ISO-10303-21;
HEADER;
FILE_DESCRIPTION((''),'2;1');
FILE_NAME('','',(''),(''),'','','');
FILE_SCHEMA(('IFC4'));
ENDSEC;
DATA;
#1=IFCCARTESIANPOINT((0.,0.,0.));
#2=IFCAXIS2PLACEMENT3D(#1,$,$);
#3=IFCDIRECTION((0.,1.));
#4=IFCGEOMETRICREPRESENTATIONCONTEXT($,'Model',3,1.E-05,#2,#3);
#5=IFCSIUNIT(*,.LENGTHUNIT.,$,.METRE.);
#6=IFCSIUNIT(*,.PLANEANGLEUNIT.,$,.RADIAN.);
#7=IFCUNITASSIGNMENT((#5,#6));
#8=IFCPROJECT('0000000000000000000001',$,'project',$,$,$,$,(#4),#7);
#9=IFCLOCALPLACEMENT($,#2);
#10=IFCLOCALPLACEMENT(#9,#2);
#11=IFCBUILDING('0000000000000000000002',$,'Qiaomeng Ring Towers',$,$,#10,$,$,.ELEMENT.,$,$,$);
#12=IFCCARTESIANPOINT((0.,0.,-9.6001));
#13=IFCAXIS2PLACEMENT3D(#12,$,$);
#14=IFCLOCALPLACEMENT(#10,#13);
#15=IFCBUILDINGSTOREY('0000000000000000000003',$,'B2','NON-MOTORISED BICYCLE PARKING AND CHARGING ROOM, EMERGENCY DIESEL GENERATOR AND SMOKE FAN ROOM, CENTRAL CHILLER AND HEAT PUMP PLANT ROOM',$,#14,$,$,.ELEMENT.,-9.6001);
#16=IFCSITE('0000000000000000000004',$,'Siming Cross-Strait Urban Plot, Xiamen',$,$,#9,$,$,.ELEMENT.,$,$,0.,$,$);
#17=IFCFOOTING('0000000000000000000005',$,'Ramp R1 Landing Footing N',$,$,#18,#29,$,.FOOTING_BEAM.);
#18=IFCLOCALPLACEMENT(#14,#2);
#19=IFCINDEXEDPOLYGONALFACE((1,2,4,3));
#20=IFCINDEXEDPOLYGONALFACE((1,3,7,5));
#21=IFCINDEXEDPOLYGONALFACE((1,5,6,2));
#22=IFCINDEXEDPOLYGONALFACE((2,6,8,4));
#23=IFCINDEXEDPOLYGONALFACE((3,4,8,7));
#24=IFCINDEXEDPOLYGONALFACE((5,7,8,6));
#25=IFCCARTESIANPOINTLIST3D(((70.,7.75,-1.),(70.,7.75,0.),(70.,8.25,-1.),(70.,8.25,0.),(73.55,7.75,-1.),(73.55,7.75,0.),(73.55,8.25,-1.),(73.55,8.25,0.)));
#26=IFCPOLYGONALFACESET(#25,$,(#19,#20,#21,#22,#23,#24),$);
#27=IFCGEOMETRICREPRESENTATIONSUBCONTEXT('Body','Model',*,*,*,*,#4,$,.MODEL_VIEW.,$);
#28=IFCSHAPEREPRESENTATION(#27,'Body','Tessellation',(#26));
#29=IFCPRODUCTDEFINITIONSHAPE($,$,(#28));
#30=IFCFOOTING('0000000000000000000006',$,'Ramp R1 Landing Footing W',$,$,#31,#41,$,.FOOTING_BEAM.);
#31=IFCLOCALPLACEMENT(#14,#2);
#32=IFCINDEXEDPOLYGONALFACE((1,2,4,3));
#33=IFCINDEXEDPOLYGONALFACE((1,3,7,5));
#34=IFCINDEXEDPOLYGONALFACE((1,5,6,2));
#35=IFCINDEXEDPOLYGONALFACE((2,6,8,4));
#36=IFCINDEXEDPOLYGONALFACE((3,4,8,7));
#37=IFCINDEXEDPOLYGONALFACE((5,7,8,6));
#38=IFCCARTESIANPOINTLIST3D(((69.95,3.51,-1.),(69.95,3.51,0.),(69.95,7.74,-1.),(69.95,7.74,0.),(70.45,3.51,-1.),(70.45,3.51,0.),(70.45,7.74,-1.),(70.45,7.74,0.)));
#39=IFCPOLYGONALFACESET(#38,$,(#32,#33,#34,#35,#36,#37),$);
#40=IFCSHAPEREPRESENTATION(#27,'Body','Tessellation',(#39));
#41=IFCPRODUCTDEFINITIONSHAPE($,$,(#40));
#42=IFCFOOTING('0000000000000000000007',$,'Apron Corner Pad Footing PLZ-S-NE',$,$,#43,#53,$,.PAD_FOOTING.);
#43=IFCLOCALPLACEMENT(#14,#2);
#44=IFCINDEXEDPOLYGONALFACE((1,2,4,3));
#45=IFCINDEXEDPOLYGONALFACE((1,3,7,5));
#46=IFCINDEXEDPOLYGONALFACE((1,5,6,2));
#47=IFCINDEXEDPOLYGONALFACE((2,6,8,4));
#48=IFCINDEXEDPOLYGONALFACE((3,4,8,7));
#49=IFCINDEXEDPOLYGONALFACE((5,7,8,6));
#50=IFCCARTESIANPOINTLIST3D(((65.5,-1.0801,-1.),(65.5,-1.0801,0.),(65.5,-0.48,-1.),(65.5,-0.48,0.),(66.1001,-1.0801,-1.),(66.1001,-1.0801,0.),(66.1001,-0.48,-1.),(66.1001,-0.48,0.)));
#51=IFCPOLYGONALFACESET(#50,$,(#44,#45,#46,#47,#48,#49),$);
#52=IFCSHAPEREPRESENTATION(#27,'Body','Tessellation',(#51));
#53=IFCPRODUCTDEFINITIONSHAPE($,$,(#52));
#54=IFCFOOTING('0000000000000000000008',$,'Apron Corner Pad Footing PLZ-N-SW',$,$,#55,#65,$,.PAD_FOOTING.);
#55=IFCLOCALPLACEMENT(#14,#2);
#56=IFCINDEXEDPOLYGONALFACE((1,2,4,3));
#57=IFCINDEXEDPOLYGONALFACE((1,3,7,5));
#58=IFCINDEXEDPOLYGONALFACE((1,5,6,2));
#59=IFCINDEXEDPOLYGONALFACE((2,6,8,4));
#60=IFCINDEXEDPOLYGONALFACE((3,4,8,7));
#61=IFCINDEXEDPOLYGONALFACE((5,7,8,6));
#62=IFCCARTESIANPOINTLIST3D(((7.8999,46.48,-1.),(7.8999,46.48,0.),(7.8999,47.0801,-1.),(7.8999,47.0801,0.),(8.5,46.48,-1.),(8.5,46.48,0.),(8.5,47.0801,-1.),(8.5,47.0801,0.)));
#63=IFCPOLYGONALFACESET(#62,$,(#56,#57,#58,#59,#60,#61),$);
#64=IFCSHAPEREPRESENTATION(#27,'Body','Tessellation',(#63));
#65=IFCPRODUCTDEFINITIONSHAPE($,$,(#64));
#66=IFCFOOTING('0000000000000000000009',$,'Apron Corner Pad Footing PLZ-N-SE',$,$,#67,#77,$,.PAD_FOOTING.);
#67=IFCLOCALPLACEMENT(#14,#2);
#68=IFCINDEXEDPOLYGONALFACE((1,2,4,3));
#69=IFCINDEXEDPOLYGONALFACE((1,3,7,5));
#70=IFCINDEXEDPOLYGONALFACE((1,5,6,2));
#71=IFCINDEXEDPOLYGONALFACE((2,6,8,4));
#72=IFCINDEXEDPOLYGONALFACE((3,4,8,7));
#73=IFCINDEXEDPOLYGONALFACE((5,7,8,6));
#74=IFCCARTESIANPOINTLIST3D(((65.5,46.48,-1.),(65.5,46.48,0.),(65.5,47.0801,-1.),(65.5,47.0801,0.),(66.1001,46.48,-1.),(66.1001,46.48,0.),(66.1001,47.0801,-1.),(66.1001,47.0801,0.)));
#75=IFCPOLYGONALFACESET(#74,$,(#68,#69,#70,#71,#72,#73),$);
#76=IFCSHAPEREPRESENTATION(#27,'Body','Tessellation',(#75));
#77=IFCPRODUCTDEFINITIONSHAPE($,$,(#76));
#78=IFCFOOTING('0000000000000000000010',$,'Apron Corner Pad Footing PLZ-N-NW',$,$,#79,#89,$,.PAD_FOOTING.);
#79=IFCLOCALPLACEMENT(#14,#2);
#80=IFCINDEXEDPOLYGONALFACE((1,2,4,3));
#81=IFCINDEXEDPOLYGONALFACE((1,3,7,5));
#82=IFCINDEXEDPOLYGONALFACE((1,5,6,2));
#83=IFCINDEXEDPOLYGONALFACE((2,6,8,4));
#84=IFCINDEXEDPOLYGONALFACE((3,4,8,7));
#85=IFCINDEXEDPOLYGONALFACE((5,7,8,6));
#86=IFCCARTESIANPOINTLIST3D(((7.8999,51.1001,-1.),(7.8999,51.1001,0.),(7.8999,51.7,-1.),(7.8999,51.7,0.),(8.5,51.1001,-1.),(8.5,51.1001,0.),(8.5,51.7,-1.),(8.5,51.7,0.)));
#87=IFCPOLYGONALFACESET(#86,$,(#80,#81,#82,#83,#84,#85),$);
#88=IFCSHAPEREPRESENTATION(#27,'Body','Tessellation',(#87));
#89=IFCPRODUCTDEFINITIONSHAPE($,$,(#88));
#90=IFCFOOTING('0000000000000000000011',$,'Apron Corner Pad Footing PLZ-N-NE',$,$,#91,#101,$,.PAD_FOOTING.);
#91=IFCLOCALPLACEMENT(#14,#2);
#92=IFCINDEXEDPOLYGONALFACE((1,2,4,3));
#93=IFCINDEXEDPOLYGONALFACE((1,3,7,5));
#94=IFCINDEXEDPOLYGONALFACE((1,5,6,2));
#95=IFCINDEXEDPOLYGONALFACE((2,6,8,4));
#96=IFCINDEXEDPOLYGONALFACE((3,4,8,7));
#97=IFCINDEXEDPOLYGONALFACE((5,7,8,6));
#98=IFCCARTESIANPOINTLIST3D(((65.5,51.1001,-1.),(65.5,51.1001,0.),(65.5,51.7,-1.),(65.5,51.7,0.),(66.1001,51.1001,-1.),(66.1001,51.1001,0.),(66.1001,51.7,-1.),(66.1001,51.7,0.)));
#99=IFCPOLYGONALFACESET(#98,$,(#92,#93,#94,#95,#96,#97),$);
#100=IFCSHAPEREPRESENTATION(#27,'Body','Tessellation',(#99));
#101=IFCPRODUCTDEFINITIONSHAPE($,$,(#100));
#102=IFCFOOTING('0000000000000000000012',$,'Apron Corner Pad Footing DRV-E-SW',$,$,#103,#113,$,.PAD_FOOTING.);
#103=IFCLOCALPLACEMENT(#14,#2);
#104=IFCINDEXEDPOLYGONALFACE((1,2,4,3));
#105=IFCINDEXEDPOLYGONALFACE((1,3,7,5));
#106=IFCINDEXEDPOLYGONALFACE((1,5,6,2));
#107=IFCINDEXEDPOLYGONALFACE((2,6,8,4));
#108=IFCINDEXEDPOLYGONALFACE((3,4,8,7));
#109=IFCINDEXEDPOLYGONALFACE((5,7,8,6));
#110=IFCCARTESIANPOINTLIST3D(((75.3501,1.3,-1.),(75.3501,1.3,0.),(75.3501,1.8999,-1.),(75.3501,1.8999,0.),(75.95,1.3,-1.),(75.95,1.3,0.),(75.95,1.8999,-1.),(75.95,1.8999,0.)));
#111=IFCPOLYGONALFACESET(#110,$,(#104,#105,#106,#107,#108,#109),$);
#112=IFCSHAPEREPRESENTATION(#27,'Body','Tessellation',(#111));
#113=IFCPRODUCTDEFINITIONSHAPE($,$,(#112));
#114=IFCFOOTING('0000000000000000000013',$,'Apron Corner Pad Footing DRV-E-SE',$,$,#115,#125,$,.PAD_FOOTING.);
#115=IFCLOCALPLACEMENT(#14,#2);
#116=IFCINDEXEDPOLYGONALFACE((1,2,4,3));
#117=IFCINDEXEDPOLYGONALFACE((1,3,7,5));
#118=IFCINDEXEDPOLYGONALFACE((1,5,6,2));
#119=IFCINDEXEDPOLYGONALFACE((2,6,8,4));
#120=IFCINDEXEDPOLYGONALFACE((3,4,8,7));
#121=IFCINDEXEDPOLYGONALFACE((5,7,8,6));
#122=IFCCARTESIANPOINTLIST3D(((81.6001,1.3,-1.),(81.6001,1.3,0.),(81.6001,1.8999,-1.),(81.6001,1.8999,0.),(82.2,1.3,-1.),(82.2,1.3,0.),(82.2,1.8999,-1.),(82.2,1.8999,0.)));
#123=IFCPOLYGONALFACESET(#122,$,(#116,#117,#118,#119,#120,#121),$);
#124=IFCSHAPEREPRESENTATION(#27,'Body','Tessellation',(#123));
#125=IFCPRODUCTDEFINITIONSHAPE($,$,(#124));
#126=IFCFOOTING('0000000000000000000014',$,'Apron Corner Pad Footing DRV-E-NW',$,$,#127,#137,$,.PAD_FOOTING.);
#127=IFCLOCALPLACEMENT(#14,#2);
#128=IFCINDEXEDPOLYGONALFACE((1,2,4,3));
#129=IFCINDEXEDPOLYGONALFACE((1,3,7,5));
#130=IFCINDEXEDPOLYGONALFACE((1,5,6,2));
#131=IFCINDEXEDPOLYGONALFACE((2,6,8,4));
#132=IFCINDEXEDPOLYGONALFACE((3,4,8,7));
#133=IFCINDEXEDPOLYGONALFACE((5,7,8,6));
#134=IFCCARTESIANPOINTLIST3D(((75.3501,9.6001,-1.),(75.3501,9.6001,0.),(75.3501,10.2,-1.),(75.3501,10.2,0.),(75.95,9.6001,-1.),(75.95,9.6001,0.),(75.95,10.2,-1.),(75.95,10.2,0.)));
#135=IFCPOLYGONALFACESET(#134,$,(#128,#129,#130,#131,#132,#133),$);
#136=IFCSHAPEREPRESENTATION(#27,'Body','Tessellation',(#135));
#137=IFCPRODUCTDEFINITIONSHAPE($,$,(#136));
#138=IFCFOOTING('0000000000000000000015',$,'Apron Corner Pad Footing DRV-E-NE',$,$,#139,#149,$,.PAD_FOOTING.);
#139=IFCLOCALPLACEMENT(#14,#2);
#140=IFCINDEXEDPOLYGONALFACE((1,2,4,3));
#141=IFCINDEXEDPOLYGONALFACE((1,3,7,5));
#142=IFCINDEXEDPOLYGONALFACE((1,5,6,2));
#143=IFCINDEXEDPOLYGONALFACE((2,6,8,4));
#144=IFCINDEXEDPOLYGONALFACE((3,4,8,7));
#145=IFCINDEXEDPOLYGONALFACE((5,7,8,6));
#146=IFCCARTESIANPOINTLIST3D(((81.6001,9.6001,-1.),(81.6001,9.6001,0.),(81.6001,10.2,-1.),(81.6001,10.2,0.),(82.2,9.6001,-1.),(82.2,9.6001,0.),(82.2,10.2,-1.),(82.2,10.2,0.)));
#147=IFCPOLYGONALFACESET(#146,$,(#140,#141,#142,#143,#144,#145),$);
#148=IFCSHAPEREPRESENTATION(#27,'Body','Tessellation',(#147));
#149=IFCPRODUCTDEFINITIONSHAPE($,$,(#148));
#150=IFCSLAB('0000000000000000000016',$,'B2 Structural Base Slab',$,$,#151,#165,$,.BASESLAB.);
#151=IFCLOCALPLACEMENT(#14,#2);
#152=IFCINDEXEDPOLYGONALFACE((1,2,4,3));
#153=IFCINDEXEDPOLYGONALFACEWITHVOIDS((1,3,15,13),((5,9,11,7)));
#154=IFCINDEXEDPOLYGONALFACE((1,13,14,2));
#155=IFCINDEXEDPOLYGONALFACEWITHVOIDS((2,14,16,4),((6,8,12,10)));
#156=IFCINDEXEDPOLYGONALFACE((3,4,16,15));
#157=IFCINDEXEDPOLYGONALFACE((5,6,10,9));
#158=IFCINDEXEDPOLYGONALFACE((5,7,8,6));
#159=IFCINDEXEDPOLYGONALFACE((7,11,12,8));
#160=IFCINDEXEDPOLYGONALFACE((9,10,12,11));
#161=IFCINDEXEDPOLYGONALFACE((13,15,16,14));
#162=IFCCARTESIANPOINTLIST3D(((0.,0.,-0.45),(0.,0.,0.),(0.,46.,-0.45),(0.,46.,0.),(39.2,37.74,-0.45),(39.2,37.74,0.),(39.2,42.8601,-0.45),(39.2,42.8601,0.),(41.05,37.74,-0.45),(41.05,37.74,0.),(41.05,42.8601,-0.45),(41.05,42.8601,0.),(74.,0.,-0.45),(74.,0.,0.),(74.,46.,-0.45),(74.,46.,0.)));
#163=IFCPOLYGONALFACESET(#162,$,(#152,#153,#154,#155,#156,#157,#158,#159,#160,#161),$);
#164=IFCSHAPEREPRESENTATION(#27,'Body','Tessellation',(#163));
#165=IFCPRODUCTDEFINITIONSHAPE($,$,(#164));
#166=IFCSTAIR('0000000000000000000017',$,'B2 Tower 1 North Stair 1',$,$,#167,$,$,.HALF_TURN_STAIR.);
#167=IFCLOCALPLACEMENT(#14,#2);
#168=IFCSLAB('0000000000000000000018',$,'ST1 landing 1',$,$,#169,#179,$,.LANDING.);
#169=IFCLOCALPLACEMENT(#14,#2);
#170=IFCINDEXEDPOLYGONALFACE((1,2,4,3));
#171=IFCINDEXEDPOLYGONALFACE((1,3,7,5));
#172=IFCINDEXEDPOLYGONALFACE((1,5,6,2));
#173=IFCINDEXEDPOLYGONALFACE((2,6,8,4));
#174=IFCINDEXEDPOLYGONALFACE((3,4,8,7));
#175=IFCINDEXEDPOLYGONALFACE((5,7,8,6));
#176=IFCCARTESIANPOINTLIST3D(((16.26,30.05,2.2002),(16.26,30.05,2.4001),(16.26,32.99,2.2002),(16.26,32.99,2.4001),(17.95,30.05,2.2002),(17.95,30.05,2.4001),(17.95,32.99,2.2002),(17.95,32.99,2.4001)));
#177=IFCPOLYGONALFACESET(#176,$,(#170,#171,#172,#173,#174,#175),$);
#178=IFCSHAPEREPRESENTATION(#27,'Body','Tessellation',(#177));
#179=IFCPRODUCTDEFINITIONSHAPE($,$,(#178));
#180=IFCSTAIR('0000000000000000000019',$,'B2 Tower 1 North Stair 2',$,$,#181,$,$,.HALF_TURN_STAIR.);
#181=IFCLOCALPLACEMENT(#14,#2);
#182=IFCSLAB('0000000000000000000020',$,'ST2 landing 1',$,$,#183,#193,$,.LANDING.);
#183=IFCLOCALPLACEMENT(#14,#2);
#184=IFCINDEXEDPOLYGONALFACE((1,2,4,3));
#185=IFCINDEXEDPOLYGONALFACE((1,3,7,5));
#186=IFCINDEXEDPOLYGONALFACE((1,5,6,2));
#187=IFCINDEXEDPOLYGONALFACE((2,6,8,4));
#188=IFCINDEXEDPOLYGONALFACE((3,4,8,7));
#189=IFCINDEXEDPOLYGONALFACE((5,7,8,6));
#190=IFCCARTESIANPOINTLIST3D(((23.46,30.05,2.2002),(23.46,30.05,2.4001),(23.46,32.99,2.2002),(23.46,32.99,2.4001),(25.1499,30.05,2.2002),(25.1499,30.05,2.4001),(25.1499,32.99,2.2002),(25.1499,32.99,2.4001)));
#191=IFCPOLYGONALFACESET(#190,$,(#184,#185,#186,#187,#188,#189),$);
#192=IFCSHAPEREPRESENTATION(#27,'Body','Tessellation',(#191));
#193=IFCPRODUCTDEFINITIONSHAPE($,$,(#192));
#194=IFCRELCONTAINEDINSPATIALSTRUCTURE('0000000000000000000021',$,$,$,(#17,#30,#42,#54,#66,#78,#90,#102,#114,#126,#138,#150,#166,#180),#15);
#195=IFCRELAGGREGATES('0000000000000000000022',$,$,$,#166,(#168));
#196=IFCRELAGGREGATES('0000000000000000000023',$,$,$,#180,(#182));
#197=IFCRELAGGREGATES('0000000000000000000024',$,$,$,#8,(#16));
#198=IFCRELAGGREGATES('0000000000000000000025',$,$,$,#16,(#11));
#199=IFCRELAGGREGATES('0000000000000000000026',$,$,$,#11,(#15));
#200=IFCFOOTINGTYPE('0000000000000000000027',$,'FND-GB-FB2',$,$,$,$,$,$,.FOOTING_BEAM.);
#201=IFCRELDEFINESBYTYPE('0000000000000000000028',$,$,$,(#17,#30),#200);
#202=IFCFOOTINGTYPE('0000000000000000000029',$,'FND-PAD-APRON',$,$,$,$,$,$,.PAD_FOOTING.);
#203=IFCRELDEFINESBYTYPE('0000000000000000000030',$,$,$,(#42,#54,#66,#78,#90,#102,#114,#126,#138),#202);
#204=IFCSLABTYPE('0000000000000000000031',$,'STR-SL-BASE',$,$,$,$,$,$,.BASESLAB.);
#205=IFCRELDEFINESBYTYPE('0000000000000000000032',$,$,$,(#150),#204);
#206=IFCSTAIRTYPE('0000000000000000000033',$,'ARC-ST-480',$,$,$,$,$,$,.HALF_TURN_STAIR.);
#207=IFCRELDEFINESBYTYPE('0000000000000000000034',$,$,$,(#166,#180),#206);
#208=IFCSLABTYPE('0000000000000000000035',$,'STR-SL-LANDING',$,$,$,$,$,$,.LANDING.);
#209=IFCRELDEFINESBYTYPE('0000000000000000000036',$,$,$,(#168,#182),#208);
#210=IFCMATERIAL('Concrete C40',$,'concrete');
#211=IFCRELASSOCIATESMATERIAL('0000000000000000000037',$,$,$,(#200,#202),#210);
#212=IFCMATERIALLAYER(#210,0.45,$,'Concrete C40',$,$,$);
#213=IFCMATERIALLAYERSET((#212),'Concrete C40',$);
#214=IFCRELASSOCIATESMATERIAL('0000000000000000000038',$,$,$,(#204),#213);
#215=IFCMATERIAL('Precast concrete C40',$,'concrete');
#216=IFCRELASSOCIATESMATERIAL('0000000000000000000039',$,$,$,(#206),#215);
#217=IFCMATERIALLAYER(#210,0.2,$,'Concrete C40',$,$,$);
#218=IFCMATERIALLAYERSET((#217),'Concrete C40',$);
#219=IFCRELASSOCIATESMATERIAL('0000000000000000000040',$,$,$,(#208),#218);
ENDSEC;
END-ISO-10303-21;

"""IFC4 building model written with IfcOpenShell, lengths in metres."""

from ifc_helpers import new_model, si_unit, direction, frame, origin, place, context, subcontext, project, spatial, polyline, outline, extrude, material, layer, layer_set, type_object, element, aggregate, save


model = new_model("IFC4")

# Units and contexts
model_context = context("Model", 3, precision=1e-05, world=origin(), true_north=direction((0.0, 1.0)))
body_context = subcontext(model_context, "Body", "Model", "MODEL_VIEW")
ifc_project = project(units=[si_unit("LENGTHUNIT", "METRE"), si_unit("PLANEANGLEUNIT", "RADIAN")], contexts=[model_context])

# Site, building, storey
site_placement = place(None, origin())
site = spatial("IfcSite", under=ifc_project, at=site_placement, Name="Siming Cross-Strait Urban Plot, Xiamen", CompositionType="ELEMENT", RefElevation=0.0)
building_placement = place(site_placement, origin())
building = spatial("IfcBuilding", under=site, at=building_placement, Name="Qiaomeng Ring Towers", CompositionType="ELEMENT")
storey_placement = place(building_placement, frame((0.0, 0.0, -9.6001)))
storey = spatial("IfcBuildingStorey", under=building, at=storey_placement, Name="B2", Description="NON-MOTORISED BICYCLE PARKING AND CHARGING ROOM, EMERGENCY DIESEL GENERATOR AND SMOKE FAN ROOM, CENTRAL CHILLER AND HEAT PUMP PLANT ROOM", CompositionType="ELEMENT", Elevation=-9.6001)

# Footings
ifc_material_1 = material(Name="Concrete C40", Category="concrete")
footing_type_1 = type_object("IfcFootingType", Name="FND-GB-FB2", PredefinedType="FOOTING_BEAM", material=ifc_material_1)
footing_1_placement = place(storey_placement, frame((0.0, 0.0, -1.0)))
element("IfcFooting", 1, at=footing_1_placement, inside=storey, type_object=footing_type_1, Name="Ramp R1 Landing Footing N", PredefinedType="FOOTING_BEAM", context=body_context, shape_type="SweptSolid", body=[
    extrude(outline(polyline([(70.0, 7.75), (73.55, 7.75), (73.55, 8.25), (70.0, 8.25), (70.0, 7.75)])), origin(), (0.0, 0.0, 1.0), 1.0),
])
footing_2_placement = place(storey_placement, frame((0.0, 0.0, -1.0)))
element("IfcFooting", 2, at=footing_2_placement, inside=storey, type_object=footing_type_1, Name="Ramp R1 Landing Footing W", PredefinedType="FOOTING_BEAM", context=body_context, shape_type="SweptSolid", body=[
    extrude(outline(polyline([(69.95, 3.51), (70.45, 3.51), (70.45, 7.74), (69.95, 7.74), (69.95, 3.51)])), origin(), (0.0, 0.0, 1.0), 1.0),
])
footing_type_2 = type_object("IfcFootingType", Name="FND-PAD-APRON", PredefinedType="PAD_FOOTING", material=ifc_material_1)
footing_3_placement = place(storey_placement, frame((0.0, 0.0, -1.0)))
element("IfcFooting", 3, at=footing_3_placement, inside=storey, type_object=footing_type_2, Name="Apron Corner Pad Footing PLZ-S-NE", PredefinedType="PAD_FOOTING", context=body_context, shape_type="SweptSolid", body=[
    extrude(outline(polyline([(65.5, -1.0801), (66.1001, -1.0801), (66.1001, -0.48), (65.5, -0.48), (65.5, -1.0801)])), origin(), (0.0, 0.0, 1.0), 1.0),
])
footing_4_placement = place(storey_placement, frame((0.0, 0.0, -1.0)))
element("IfcFooting", 4, at=footing_4_placement, inside=storey, type_object=footing_type_2, Name="Apron Corner Pad Footing PLZ-N-SW", PredefinedType="PAD_FOOTING", context=body_context, shape_type="SweptSolid", body=[
    extrude(outline(polyline([(7.8999, 46.48), (8.5, 46.48), (8.5, 47.0801), (7.8999, 47.0801), (7.8999, 46.48)])), origin(), (0.0, 0.0, 1.0), 1.0),
])
footing_5_placement = place(storey_placement, frame((0.0, 0.0, -1.0)))
element("IfcFooting", 5, at=footing_5_placement, inside=storey, type_object=footing_type_2, Name="Apron Corner Pad Footing PLZ-N-SE", PredefinedType="PAD_FOOTING", context=body_context, shape_type="SweptSolid", body=[
    extrude(outline(polyline([(65.5, 46.48), (66.1001, 46.48), (66.1001, 47.0801), (65.5, 47.0801), (65.5, 46.48)])), origin(), (0.0, 0.0, 1.0), 1.0),
])
footing_6_placement = place(storey_placement, frame((0.0, 0.0, -1.0)))
element("IfcFooting", 6, at=footing_6_placement, inside=storey, type_object=footing_type_2, Name="Apron Corner Pad Footing PLZ-N-NW", PredefinedType="PAD_FOOTING", context=body_context, shape_type="SweptSolid", body=[
    extrude(outline(polyline([(7.8999, 51.1001), (8.5, 51.1001), (8.5, 51.7), (7.8999, 51.7), (7.8999, 51.1001)])), origin(), (0.0, 0.0, 1.0), 1.0),
])
footing_7_placement = place(storey_placement, frame((0.0, 0.0, -1.0)))
element("IfcFooting", 7, at=footing_7_placement, inside=storey, type_object=footing_type_2, Name="Apron Corner Pad Footing PLZ-N-NE", PredefinedType="PAD_FOOTING", context=body_context, shape_type="SweptSolid", body=[
    extrude(outline(polyline([(65.5, 51.1001), (66.1001, 51.1001), (66.1001, 51.7), (65.5, 51.7), (65.5, 51.1001)])), origin(), (0.0, 0.0, 1.0), 1.0),
])
footing_8_placement = place(storey_placement, frame((0.0, 0.0, -1.0)))
element("IfcFooting", 8, at=footing_8_placement, inside=storey, type_object=footing_type_2, Name="Apron Corner Pad Footing DRV-E-SW", PredefinedType="PAD_FOOTING", context=body_context, shape_type="SweptSolid", body=[
    extrude(outline(polyline([(75.3501, 1.3), (75.95, 1.3), (75.95, 1.8999), (75.3501, 1.8999), (75.3501, 1.3)])), origin(), (0.0, 0.0, 1.0), 1.0),
])
footing_9_placement = place(storey_placement, frame((0.0, 0.0, -1.0)))
element("IfcFooting", 9, at=footing_9_placement, inside=storey, type_object=footing_type_2, Name="Apron Corner Pad Footing DRV-E-SE", PredefinedType="PAD_FOOTING", context=body_context, shape_type="SweptSolid", body=[
    extrude(outline(polyline([(81.6001, 1.3), (82.2, 1.3), (82.2, 1.8999), (81.6001, 1.8999), (81.6001, 1.3)])), origin(), (0.0, 0.0, 1.0), 1.0),
])
footing_10_placement = place(storey_placement, frame((0.0, 0.0, -1.0)))
element("IfcFooting", 10, at=footing_10_placement, inside=storey, type_object=footing_type_2, Name="Apron Corner Pad Footing DRV-E-NW", PredefinedType="PAD_FOOTING", context=body_context, shape_type="SweptSolid", body=[
    extrude(outline(polyline([(75.3501, 9.6001), (75.95, 9.6001), (75.95, 10.2), (75.3501, 10.2), (75.3501, 9.6001)])), origin(), (0.0, 0.0, 1.0), 1.0),
])
footing_11_placement = place(storey_placement, frame((0.0, 0.0, -1.0)))
element("IfcFooting", 11, at=footing_11_placement, inside=storey, type_object=footing_type_2, Name="Apron Corner Pad Footing DRV-E-NE", PredefinedType="PAD_FOOTING", context=body_context, shape_type="SweptSolid", body=[
    extrude(outline(polyline([(81.6001, 9.6001), (82.2, 9.6001), (82.2, 10.2), (81.6001, 10.2), (81.6001, 9.6001)])), origin(), (0.0, 0.0, 1.0), 1.0),
])

# Slab
ifc_layer_1 = layer(ifc_material_1, 0.45, Name="Concrete C40")
ifc_layer_set_1 = layer_set([ifc_layer_1], Name="Concrete C40")
slab_type_1 = type_object("IfcSlabType", Name="STR-SL-BASE", PredefinedType="BASESLAB", material=ifc_layer_set_1)
slab_1_placement = place(storey_placement, frame((0.0, 0.0, -0.45)))
element("IfcSlab", 12, at=slab_1_placement, inside=storey, type_object=slab_type_1, Name="B2 Structural Base Slab", PredefinedType="BASESLAB", context=body_context, shape_type="SweptSolid", body=[
    extrude(outline(polyline([(0.0, 0.0), (74.0, 0.0), (74.0, 46.0), (0.0, 46.0), (0.0, 0.0)]), holes=[polyline([(39.2, 42.8601), (41.05, 42.8601), (41.05, 37.74), (39.2, 37.74), (39.2, 42.8601)])]), origin(), (0.0, 0.0, 1.0), 0.45),
])

# Stairs, slabs
ifc_material_2 = material(Name="Precast concrete C40", Category="concrete")
stair_type = type_object("IfcStairType", Name="ARC-ST-480", PredefinedType="HALF_TURN_STAIR", material=ifc_material_2)
stair_1_placement = place(storey_placement, origin())
stair_1 = element("IfcStair", 13, at=stair_1_placement, inside=storey, type_object=stair_type, Name="B2 Tower 1 North Stair 1", PredefinedType="HALF_TURN_STAIR")
ifc_layer_2 = layer(ifc_material_1, 0.2, Name="Concrete C40")
ifc_layer_set_2 = layer_set([ifc_layer_2], Name="Concrete C40")
slab_type_2 = type_object("IfcSlabType", Name="STR-SL-LANDING", PredefinedType="LANDING", material=ifc_layer_set_2)
slab_2_placement = place(storey_placement, frame((0.0, 0.0, 2.2002)))
slab_2 = element("IfcSlab", 14, at=slab_2_placement, type_object=slab_type_2, Name="ST1 landing 1", PredefinedType="LANDING", context=body_context, shape_type="SweptSolid", body=[
    extrude(outline(polyline([(16.26, 30.05), (17.95, 30.05), (17.95, 32.99), (16.26, 32.99), (16.26, 30.05)])), origin(), (0.0, 0.0, 1.0), 0.2),
])
aggregate(stair_1, [slab_2])
stair_2_placement = place(storey_placement, origin())
stair_2 = element("IfcStair", 15, at=stair_2_placement, inside=storey, type_object=stair_type, Name="B2 Tower 1 North Stair 2", PredefinedType="HALF_TURN_STAIR")
slab_3_placement = place(storey_placement, frame((0.0, 0.0, 2.2002)))
slab_3 = element("IfcSlab", 16, at=slab_3_placement, type_object=slab_type_2, Name="ST2 landing 1", PredefinedType="LANDING", context=body_context, shape_type="SweptSolid", body=[
    extrude(outline(polyline([(23.46, 30.05), (25.1499, 30.05), (25.1499, 32.99), (23.46, 32.99), (23.46, 30.05)])), origin(), (0.0, 0.0, 1.0), 0.2),
])
aggregate(stair_2, [slab_3])

save(model, "model.ifc")
